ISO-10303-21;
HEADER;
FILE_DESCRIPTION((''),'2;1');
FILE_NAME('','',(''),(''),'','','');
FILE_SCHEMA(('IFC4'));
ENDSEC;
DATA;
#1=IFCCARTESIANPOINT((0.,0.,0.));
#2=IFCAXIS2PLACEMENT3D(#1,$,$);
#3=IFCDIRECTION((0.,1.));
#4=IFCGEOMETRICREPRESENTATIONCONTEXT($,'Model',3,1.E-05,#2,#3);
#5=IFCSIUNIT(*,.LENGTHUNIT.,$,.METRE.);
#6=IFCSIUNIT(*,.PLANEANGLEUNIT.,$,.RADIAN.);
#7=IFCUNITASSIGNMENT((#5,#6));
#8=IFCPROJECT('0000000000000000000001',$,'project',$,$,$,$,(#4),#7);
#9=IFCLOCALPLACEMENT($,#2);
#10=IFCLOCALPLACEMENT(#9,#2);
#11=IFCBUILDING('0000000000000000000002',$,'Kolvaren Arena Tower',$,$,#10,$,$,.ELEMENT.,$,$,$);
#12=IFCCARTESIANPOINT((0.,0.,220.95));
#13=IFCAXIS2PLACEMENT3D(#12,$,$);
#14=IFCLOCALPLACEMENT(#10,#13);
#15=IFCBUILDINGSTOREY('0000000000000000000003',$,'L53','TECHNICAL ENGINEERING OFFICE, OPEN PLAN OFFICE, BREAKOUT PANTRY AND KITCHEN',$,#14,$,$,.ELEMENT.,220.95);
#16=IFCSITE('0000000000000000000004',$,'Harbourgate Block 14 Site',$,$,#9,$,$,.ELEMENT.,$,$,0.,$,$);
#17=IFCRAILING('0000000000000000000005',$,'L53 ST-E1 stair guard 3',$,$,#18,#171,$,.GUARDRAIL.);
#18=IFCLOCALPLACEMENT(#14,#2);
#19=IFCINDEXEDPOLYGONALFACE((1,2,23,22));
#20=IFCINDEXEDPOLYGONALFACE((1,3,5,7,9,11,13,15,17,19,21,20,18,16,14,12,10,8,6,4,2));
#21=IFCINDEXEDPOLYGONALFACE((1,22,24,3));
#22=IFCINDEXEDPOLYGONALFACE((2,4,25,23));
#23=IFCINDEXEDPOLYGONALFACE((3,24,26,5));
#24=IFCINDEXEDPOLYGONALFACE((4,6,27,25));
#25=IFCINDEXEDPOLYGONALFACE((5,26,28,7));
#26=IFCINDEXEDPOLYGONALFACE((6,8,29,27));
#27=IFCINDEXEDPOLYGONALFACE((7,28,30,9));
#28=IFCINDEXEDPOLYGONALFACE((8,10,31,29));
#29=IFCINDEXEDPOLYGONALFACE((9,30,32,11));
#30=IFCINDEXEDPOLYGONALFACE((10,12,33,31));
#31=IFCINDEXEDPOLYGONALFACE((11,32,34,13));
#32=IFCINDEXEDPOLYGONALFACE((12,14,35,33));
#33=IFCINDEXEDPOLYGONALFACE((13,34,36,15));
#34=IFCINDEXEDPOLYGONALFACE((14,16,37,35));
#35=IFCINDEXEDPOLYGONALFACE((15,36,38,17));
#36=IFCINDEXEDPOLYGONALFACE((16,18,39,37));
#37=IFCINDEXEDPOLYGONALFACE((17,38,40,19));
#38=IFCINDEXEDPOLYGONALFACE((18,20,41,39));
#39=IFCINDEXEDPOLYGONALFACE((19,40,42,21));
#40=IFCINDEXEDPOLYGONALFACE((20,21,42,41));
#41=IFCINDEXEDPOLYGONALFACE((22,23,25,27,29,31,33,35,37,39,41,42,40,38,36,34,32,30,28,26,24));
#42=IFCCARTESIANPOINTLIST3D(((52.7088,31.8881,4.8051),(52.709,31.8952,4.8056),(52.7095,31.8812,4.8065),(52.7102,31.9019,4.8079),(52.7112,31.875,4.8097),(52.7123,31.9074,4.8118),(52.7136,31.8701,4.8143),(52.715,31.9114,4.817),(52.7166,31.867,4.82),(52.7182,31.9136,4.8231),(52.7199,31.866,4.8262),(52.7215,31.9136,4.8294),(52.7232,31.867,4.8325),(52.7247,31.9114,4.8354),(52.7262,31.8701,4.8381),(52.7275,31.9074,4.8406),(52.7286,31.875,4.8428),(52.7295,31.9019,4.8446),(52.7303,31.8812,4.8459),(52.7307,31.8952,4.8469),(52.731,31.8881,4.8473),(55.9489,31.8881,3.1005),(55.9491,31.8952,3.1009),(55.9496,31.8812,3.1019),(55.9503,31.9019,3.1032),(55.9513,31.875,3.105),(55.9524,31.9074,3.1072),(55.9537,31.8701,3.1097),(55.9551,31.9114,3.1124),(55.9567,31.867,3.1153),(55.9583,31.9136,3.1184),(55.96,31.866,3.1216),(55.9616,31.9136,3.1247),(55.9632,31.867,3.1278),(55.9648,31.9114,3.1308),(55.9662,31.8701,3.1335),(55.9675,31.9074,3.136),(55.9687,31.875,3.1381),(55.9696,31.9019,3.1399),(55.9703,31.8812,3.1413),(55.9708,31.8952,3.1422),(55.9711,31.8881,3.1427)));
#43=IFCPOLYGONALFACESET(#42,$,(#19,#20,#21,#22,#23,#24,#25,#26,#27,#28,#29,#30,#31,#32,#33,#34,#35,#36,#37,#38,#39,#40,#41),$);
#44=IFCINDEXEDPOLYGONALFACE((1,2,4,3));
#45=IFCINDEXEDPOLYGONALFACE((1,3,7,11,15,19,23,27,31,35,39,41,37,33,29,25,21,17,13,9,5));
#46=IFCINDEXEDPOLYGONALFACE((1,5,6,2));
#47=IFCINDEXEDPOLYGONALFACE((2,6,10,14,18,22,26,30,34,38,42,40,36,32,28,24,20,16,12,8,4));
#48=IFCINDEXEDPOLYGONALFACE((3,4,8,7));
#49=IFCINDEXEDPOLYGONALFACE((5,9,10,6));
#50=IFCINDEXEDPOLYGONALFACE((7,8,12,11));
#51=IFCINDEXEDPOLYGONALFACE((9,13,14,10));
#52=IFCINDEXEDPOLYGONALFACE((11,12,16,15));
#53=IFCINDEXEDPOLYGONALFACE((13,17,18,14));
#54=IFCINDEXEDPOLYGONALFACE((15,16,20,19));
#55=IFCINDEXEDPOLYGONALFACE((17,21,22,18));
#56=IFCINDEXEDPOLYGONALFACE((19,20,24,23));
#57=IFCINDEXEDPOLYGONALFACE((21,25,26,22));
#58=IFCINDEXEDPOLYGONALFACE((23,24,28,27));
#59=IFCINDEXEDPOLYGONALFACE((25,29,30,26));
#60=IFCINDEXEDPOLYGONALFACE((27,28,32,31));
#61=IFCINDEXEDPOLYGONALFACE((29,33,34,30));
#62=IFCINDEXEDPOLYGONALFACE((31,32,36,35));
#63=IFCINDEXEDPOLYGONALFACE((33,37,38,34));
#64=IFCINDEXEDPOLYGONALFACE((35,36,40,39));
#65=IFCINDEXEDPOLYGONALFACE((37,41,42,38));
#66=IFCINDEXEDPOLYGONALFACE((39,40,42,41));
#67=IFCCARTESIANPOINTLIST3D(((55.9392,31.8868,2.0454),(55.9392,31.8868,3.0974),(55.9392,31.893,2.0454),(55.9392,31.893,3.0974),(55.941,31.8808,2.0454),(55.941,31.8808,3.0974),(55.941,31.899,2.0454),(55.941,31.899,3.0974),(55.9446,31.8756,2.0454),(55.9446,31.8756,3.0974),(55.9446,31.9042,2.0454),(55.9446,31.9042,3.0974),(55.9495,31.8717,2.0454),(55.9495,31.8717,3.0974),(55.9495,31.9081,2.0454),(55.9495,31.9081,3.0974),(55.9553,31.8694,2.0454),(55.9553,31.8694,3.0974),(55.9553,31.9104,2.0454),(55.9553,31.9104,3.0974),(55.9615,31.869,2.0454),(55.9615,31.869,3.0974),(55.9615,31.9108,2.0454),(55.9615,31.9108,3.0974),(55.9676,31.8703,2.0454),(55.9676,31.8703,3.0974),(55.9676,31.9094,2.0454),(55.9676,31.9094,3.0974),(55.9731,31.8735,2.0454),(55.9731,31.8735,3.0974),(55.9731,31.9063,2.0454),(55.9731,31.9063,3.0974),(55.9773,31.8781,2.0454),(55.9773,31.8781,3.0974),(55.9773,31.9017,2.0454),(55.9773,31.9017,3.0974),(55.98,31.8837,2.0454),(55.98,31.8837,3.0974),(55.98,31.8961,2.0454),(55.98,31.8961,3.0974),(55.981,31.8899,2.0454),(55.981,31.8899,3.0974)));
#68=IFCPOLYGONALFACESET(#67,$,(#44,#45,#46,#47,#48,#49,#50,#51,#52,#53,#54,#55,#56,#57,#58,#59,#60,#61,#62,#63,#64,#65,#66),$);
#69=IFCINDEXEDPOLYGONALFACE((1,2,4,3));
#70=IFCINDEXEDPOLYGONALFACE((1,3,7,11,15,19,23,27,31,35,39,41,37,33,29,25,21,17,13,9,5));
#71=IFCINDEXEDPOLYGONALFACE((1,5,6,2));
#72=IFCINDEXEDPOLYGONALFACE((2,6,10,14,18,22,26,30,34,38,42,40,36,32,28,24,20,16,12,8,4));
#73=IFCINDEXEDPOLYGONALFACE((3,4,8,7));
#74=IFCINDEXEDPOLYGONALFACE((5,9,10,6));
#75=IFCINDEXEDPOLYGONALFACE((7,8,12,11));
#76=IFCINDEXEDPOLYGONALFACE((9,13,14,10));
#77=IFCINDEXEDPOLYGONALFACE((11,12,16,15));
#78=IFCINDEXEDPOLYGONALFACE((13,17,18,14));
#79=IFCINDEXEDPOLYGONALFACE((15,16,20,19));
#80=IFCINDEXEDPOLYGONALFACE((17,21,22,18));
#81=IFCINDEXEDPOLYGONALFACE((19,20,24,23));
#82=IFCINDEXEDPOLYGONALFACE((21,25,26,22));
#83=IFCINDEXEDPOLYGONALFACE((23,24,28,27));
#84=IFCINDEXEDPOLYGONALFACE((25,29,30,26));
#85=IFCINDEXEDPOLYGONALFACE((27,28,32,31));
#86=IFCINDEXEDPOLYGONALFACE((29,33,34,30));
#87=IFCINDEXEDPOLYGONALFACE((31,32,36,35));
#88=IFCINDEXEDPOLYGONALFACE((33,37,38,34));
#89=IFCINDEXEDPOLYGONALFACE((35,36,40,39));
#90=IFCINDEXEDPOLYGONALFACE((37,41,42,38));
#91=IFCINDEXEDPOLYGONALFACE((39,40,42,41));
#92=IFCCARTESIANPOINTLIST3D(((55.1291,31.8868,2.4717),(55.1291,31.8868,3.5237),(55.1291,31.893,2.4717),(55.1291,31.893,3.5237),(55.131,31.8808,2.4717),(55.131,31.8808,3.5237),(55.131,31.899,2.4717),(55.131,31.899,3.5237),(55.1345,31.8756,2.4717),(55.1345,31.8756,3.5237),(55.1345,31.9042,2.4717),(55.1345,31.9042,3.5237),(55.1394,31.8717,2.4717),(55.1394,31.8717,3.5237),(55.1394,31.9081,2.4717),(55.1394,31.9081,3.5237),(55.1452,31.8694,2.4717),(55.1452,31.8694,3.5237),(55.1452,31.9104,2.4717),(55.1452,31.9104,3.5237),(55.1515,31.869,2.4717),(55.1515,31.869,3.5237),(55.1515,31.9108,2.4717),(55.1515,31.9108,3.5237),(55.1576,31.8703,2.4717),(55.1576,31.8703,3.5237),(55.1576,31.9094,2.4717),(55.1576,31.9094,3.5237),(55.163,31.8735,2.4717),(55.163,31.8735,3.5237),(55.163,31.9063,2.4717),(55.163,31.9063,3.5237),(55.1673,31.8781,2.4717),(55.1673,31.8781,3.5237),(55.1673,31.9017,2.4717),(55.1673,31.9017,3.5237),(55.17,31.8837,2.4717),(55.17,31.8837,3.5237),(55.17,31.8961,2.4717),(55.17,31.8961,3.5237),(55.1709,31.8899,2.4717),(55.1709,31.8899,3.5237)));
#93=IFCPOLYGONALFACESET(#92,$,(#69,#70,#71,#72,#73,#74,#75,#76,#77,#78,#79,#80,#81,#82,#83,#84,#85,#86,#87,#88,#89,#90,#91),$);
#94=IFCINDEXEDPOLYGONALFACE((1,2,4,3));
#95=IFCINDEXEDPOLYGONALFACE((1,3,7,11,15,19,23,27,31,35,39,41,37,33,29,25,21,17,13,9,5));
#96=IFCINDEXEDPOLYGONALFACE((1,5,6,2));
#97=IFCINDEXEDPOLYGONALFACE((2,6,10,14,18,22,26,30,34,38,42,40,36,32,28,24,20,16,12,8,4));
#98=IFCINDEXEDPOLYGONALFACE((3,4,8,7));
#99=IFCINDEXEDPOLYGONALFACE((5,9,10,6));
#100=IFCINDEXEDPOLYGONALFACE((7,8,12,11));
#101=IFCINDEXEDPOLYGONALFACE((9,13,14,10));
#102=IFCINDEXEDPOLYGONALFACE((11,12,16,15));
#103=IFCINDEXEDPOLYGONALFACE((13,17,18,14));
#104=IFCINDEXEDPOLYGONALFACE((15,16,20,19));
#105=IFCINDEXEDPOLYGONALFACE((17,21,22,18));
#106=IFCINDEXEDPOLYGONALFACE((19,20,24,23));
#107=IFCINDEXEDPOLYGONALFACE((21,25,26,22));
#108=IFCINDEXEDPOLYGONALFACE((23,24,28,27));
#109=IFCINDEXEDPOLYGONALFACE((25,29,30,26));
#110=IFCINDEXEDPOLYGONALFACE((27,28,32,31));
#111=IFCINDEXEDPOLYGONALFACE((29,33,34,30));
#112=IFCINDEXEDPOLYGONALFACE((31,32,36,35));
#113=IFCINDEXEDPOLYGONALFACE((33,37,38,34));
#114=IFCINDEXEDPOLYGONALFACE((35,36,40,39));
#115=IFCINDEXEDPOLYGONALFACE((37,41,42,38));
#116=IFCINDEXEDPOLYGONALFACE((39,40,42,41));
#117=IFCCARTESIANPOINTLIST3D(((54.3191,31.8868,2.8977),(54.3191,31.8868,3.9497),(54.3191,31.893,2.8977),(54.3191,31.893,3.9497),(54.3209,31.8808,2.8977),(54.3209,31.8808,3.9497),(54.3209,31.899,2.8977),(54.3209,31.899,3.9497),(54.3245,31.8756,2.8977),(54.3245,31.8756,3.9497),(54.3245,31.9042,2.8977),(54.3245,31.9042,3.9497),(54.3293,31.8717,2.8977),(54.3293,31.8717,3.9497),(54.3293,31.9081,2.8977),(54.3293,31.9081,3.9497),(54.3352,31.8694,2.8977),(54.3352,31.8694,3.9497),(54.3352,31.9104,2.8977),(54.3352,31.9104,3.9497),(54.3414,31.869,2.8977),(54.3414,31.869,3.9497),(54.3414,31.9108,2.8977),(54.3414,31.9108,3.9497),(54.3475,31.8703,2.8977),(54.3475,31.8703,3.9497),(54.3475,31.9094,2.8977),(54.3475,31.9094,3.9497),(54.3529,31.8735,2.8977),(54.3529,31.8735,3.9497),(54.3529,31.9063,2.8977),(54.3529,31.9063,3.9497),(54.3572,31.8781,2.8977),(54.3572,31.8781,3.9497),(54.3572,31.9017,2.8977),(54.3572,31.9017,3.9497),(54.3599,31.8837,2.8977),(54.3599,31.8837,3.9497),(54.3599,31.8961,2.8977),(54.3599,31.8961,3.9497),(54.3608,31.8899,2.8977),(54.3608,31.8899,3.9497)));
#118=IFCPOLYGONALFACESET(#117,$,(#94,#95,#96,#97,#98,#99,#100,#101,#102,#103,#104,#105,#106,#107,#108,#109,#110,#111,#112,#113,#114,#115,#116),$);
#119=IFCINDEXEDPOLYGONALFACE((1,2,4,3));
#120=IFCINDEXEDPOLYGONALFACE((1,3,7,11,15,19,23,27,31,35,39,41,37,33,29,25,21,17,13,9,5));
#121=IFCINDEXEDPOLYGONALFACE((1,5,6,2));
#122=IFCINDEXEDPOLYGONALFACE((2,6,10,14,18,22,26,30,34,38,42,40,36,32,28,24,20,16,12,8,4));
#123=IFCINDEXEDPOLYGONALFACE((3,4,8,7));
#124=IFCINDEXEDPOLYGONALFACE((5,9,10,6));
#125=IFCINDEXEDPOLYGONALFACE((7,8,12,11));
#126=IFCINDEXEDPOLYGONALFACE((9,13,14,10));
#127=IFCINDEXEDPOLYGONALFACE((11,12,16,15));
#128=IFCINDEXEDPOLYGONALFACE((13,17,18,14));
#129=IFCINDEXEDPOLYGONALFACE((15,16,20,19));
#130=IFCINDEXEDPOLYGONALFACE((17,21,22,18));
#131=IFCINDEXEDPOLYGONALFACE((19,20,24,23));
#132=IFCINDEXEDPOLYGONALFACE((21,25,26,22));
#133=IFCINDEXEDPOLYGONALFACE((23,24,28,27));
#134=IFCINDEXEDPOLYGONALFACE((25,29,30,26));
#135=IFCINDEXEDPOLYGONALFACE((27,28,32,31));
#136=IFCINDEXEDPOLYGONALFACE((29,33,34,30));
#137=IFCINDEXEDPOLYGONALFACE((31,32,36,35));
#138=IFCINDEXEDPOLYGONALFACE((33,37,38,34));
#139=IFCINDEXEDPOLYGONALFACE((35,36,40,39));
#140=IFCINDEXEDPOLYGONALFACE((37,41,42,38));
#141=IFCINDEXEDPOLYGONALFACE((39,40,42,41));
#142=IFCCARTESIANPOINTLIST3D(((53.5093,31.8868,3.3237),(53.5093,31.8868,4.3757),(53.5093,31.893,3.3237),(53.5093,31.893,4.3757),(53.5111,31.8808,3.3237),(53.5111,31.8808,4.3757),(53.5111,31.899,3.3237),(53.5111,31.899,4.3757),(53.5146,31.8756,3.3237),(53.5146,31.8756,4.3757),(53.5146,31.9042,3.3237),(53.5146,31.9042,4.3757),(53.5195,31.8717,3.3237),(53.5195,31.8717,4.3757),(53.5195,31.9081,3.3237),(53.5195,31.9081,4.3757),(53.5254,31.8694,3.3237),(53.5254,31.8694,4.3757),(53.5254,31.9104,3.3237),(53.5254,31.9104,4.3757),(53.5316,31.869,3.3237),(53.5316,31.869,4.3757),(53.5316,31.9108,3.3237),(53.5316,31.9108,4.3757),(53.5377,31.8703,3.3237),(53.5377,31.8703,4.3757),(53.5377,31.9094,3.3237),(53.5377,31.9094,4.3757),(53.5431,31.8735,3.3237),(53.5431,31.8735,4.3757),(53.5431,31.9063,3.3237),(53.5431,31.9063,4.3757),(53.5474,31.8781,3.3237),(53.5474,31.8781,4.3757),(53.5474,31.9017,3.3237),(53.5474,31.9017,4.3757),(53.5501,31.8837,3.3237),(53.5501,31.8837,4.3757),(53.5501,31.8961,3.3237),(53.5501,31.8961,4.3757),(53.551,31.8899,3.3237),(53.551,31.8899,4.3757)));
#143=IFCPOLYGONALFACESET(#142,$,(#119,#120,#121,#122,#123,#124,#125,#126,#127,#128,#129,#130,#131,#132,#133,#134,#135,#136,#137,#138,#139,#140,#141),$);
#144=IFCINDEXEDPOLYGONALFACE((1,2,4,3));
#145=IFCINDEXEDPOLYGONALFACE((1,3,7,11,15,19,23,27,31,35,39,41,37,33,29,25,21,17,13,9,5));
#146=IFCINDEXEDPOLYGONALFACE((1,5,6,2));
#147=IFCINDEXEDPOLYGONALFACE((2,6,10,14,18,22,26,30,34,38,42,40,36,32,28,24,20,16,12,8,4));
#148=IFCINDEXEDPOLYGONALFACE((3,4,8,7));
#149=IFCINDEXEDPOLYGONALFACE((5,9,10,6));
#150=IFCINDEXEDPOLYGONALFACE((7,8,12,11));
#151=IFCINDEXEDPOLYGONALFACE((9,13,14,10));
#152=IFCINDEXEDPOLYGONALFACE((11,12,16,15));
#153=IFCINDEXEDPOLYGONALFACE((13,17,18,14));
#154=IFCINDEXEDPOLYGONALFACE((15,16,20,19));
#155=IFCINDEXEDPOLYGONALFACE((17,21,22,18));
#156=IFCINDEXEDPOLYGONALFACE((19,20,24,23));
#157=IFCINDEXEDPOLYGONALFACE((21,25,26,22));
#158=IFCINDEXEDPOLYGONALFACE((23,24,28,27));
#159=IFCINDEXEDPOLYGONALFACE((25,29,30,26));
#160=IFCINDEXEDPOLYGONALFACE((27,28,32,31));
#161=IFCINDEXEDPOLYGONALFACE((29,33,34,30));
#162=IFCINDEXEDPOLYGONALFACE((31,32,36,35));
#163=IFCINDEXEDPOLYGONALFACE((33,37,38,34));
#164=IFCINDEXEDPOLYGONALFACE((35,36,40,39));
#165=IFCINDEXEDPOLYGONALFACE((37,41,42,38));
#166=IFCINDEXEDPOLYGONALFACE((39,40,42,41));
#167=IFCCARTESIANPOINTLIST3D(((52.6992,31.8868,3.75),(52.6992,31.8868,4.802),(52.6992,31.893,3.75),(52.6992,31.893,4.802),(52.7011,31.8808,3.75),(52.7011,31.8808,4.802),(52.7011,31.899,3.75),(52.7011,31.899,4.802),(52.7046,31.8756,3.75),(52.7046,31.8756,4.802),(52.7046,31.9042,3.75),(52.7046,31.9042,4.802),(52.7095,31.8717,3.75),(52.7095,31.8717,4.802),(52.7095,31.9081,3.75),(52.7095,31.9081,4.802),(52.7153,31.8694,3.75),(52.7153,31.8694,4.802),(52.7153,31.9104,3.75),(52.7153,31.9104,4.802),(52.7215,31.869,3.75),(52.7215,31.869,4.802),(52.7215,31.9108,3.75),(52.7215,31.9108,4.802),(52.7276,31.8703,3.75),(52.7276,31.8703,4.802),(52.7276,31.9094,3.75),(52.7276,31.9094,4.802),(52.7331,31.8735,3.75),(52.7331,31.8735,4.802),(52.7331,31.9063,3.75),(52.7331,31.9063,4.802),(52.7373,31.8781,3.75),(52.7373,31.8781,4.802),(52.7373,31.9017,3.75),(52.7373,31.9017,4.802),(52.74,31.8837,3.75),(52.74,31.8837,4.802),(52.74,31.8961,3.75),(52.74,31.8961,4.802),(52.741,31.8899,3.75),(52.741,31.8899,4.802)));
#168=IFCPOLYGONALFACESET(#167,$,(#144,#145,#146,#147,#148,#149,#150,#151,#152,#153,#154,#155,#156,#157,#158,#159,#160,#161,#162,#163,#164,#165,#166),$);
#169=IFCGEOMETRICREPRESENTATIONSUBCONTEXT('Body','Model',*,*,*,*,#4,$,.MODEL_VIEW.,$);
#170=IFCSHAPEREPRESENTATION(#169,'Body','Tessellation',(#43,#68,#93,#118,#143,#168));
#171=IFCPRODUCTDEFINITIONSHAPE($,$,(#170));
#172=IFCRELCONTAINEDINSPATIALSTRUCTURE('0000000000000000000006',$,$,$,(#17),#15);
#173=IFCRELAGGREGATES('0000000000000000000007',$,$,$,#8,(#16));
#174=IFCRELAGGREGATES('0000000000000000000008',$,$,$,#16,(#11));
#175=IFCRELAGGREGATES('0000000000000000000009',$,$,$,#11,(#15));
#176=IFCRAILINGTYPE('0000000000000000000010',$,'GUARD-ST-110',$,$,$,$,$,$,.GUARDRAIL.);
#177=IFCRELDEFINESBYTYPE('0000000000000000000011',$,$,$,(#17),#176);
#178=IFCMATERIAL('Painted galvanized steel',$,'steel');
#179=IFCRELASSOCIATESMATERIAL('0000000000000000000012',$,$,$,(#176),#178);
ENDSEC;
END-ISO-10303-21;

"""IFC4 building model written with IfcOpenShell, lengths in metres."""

from ifc_helpers import new_model, si_unit, direction, frame, origin, origin_2d, place, context, subcontext, project, spatial, circle, extrude, material, type_object, element, save


model = new_model("IFC4")

# Units and contexts
model_context = context("Model", 3, precision=1e-05, world=origin(), true_north=direction((0.0, 1.0)))
body_context = subcontext(model_context, "Body", "Model", "MODEL_VIEW")
ifc_project = project(units=[si_unit("LENGTHUNIT", "METRE"), si_unit("PLANEANGLEUNIT", "RADIAN")], contexts=[model_context])

# Site, building, storey
site_placement = place(None, origin())
site = spatial("IfcSite", under=ifc_project, at=site_placement, Name="Harbourgate Block 14 Site", CompositionType="ELEMENT", RefElevation=0.0)
building_placement = place(site_placement, origin())
building = spatial("IfcBuilding", under=site, at=building_placement, Name="Kolvaren Arena Tower", CompositionType="ELEMENT")
storey_placement = place(building_placement, frame((0.0, 0.0, 220.95)))
storey = spatial("IfcBuildingStorey", under=building, at=storey_placement, Name="L53", Description="TECHNICAL ENGINEERING OFFICE, OPEN PLAN OFFICE, BREAKOUT PANTRY AND KITCHEN", CompositionType="ELEMENT", Elevation=220.95)

# Railing
ifc_material_1 = material(Name="Painted galvanized steel", Category="steel")
railing_type_1 = type_object("IfcRailingType", Name="GUARD-ST-110", PredefinedType="GUARDRAIL", material=ifc_material_1)
railing_1_placement = place(storey_placement, frame((55.96, 31.8899, 2.0454)))
element("IfcRailing", 1, at=railing_1_placement, inside=storey, type_object=railing_type_1, Name="L53 ST-E1 stair guard 3", PredefinedType="GUARDRAIL", context=body_context, shape_type="SweptSolid", body=[
    extrude(circle(Radius=0.0239, at=origin_2d()), frame((0.0, 0.0, 1.0762), z_axis=(-0.884993, 0.0, 0.465604), x_axis=(0.0, -1.0, 0.0)), (0.0, 0.0, 1.0), 3.6611),
    extrude(circle(Radius=0.021, at=origin_2d()), origin(), (0.0, 0.0, 1.0), 1.052),
    extrude(circle(Radius=0.021, at=origin_2d()), frame((-0.8101, 0.0, 0.4263)), (0.0, 0.0, 1.0), 1.052),
    extrude(circle(Radius=0.021, at=origin_2d()), frame((-1.6201, 0.0, 0.8523)), (0.0, 0.0, 1.0), 1.052),
    extrude(circle(Radius=0.021, at=origin_2d()), frame((-2.4299, 0.0, 1.2783)), (0.0, 0.0, 1.0), 1.052),
    extrude(circle(Radius=0.021, at=origin_2d()), frame((-3.24, 0.0, 1.7046)), (0.0, 0.0, 1.0), 1.052),
])

save(model, "model.ifc")
